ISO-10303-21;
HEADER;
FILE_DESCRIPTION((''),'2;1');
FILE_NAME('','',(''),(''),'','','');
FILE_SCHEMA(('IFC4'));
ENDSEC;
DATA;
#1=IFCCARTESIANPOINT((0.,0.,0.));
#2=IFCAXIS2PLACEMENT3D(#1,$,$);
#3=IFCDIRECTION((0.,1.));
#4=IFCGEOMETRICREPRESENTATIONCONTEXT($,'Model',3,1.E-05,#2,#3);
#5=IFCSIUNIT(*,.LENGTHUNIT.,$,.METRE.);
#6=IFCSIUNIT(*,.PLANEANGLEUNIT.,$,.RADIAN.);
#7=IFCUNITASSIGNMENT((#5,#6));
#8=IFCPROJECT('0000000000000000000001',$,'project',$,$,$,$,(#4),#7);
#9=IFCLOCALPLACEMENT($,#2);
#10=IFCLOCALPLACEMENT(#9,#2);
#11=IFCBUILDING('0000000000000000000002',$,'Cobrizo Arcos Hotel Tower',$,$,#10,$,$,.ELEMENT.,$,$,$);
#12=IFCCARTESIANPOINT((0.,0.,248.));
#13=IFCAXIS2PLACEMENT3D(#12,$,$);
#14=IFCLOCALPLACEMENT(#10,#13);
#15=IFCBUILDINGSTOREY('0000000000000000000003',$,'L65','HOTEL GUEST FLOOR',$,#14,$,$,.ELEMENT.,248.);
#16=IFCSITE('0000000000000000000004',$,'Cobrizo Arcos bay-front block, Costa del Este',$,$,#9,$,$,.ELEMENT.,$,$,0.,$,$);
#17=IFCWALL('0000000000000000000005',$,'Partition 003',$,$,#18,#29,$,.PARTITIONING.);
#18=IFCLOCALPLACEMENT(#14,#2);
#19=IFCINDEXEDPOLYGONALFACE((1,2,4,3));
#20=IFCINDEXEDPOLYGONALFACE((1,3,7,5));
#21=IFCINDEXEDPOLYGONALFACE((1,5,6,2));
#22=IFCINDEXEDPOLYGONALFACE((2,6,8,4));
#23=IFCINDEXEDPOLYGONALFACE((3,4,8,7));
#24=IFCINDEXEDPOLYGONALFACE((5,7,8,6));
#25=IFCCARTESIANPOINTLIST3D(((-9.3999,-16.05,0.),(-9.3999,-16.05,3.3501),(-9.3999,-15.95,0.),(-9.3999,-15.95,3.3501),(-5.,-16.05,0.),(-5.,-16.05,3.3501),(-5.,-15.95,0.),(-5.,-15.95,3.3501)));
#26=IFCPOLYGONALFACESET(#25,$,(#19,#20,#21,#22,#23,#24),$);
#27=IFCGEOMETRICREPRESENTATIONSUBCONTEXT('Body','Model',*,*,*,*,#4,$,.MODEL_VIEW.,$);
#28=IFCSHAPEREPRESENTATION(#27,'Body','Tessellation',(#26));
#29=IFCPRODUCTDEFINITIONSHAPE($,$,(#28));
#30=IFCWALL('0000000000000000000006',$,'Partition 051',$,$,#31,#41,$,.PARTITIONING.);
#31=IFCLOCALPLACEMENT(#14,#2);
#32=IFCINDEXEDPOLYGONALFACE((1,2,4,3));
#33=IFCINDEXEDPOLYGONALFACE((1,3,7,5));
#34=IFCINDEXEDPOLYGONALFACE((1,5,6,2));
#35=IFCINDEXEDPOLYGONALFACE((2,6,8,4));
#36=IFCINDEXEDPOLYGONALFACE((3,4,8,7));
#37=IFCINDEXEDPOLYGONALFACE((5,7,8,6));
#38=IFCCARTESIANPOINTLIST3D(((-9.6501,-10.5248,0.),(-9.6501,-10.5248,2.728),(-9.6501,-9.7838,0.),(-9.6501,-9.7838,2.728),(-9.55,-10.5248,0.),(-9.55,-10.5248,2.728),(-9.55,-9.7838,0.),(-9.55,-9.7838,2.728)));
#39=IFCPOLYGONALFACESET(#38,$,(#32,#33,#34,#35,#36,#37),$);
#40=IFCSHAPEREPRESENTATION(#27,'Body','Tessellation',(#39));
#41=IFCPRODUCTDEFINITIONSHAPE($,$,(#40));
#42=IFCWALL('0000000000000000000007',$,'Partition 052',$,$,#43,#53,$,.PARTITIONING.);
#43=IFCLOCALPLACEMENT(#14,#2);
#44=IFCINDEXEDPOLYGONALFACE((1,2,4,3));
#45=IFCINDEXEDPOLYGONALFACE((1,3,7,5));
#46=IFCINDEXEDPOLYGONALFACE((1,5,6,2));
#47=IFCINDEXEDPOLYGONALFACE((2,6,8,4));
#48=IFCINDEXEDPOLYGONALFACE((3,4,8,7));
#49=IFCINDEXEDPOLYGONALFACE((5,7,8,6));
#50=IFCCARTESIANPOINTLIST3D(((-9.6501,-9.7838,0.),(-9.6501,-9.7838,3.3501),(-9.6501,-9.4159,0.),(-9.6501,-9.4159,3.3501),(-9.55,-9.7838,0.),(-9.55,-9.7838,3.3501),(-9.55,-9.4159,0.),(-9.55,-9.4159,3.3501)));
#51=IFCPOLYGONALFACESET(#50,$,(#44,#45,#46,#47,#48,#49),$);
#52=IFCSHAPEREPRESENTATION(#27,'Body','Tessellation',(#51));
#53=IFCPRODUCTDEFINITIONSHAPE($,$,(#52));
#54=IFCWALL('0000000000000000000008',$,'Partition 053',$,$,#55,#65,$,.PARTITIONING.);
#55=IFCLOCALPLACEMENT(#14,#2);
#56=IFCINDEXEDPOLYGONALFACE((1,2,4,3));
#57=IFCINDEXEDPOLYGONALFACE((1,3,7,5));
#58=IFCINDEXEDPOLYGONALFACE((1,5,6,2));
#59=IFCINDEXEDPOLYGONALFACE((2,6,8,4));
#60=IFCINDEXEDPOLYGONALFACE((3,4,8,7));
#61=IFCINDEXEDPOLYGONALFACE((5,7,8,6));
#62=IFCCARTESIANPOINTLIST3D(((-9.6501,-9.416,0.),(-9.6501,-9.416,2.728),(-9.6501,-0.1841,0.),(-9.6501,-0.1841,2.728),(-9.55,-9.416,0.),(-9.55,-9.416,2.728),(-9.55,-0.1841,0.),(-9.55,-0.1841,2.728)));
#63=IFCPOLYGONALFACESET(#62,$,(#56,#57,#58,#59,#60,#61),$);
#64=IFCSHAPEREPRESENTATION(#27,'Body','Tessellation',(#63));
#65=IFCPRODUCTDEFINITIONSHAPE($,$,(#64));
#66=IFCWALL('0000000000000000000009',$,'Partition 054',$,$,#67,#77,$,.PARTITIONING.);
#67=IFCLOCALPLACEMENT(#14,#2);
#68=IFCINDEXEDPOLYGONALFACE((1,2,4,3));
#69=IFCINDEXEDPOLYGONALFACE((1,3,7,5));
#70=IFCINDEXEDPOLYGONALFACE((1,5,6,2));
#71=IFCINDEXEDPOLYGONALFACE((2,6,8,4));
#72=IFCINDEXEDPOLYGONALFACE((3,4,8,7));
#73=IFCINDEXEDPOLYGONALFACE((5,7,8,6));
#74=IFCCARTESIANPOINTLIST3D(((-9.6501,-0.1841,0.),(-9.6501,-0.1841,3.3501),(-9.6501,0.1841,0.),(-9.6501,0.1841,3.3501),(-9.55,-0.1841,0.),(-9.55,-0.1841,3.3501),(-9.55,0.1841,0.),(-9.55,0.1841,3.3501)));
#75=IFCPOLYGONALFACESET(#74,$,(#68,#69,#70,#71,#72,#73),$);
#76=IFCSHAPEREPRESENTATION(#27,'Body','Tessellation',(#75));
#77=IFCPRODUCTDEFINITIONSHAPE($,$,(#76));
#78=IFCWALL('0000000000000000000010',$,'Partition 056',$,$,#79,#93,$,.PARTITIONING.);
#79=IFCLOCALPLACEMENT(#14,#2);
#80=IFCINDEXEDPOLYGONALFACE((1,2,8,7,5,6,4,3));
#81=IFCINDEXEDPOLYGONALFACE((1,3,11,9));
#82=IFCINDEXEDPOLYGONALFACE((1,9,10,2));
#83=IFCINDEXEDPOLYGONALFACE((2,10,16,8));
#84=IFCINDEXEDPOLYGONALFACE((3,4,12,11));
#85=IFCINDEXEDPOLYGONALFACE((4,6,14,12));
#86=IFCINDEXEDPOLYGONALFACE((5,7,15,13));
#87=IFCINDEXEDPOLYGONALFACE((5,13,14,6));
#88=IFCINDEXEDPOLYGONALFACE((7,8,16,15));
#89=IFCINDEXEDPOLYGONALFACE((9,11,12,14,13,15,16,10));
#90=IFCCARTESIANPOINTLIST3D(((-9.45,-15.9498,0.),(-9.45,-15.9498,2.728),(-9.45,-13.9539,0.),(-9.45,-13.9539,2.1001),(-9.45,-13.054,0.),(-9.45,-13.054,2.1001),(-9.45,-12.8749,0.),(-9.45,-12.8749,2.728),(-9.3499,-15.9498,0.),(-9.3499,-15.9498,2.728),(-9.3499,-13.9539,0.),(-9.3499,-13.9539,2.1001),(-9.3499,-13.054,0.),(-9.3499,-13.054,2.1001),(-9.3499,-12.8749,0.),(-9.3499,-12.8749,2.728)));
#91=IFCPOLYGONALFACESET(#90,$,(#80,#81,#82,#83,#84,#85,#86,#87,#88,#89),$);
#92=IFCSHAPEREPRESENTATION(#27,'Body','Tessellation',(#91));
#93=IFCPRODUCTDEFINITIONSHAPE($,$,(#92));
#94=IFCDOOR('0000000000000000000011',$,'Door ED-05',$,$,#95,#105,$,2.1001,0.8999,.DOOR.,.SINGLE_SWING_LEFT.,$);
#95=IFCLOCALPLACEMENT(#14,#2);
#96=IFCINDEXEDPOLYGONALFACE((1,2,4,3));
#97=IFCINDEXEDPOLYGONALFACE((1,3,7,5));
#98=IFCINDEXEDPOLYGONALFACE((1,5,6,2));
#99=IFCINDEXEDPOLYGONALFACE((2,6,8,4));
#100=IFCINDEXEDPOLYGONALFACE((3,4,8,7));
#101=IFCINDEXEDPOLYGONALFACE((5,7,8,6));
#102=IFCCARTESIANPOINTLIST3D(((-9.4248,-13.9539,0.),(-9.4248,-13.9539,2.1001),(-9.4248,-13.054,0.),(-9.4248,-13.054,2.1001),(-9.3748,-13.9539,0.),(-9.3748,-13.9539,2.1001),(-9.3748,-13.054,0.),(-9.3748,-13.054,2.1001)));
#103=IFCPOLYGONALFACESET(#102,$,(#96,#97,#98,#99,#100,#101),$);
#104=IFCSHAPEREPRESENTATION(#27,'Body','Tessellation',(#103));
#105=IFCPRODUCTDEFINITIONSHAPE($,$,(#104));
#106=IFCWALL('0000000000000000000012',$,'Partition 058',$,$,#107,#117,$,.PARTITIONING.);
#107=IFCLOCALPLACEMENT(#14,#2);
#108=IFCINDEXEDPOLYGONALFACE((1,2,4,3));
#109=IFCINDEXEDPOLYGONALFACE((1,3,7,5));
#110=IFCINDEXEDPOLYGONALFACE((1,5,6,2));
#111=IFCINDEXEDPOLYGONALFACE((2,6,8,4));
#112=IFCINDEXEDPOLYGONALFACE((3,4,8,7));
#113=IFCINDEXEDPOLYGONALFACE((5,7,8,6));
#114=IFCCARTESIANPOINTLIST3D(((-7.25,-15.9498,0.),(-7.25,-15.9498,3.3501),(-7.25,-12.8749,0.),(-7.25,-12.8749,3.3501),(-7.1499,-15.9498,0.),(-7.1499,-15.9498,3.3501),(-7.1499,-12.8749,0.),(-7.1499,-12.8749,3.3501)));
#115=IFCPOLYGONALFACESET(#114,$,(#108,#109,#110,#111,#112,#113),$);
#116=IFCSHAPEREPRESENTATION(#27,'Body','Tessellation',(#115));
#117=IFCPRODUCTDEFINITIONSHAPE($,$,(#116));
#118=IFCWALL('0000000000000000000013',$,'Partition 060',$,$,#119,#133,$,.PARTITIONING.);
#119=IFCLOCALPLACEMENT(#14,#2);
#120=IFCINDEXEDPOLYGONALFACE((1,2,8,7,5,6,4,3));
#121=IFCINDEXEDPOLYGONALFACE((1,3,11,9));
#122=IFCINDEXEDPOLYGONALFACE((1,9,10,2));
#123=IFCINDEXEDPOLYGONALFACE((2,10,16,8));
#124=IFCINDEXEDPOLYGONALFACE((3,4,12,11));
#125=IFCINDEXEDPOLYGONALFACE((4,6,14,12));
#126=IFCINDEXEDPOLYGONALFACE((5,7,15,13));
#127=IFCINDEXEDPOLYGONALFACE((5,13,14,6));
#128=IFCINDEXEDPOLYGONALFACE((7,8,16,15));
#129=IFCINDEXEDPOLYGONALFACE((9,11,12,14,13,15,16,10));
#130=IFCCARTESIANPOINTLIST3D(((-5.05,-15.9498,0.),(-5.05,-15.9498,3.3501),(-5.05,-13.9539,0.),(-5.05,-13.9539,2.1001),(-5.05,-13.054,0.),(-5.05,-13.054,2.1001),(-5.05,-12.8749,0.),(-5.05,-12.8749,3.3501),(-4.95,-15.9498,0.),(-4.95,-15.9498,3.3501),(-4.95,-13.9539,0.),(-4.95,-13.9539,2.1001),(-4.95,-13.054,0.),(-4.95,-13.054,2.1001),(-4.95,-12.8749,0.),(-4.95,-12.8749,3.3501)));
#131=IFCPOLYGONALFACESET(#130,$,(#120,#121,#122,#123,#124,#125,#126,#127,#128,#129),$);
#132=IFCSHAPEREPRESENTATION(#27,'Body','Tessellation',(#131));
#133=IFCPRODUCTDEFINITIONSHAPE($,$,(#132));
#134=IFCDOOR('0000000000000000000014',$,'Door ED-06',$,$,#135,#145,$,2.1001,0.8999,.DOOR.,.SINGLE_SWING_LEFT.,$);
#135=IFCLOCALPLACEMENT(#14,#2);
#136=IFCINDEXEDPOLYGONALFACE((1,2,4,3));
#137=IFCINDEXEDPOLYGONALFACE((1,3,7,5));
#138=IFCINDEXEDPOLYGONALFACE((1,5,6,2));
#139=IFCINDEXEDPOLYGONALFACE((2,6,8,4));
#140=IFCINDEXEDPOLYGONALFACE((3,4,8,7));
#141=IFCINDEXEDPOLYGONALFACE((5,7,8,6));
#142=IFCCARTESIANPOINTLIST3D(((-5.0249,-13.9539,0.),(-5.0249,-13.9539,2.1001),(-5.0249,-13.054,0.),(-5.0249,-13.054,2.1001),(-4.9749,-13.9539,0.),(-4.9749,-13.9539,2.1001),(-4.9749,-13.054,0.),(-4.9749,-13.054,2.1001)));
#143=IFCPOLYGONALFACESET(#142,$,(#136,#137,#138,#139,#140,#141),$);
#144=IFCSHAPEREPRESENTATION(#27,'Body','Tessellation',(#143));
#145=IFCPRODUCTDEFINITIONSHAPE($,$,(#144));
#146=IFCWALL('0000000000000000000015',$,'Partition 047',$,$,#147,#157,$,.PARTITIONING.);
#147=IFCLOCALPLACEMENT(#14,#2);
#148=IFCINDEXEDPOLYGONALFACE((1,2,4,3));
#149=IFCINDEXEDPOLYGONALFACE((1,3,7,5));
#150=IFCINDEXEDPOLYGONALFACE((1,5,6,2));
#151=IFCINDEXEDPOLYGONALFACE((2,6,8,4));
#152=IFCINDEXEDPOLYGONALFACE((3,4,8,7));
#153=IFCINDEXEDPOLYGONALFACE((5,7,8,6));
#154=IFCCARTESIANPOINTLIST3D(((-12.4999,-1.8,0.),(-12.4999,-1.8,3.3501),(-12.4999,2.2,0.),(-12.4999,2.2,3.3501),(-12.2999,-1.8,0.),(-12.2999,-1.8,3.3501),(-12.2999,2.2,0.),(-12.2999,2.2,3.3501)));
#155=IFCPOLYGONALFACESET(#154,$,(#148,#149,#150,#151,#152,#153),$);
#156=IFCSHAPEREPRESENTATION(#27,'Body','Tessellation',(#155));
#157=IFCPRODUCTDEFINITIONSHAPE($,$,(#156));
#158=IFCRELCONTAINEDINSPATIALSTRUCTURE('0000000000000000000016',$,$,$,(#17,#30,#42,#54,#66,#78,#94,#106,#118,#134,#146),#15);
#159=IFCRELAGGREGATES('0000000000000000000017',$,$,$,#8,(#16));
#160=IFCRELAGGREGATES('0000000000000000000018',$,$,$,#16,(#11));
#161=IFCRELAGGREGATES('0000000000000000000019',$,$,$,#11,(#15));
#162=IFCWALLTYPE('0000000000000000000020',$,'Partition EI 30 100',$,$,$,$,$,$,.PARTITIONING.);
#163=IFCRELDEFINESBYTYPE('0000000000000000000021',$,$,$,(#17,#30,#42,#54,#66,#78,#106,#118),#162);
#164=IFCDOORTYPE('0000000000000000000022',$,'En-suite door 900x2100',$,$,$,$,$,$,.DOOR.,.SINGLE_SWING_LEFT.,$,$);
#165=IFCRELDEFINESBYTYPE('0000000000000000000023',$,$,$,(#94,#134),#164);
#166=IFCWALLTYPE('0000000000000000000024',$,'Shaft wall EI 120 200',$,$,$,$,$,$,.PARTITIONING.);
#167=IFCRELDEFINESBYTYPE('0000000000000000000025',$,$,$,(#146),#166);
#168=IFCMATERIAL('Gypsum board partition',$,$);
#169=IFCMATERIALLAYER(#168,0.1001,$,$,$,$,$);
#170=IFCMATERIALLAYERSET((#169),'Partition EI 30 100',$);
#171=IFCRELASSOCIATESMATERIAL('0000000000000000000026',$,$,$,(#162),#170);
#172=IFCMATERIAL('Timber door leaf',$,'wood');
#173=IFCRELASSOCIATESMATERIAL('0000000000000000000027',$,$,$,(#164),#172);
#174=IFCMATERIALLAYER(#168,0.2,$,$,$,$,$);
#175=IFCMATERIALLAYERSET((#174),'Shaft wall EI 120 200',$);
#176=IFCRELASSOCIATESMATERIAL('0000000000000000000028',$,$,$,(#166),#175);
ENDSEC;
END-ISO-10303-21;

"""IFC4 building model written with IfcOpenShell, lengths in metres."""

from ifc_helpers import new_model, si_unit, direction, frame, frame_2d, origin, place, context, subcontext, project, spatial, rectangle, extrude, material, layer, layer_set, type_object, element, fill, save


model = new_model("IFC4")

# Units and contexts
model_context = context("Model", 3, precision=1e-05, world=origin(), true_north=direction((0.0, 1.0)))
body_context = subcontext(model_context, "Body", "Model", "MODEL_VIEW")
ifc_project = project(units=[si_unit("LENGTHUNIT", "METRE"), si_unit("PLANEANGLEUNIT", "RADIAN")], contexts=[model_context])

# Site, building, storey
site_placement = place(None, origin())
site = spatial("IfcSite", under=ifc_project, at=site_placement, Name="Cobrizo Arcos bay-front block, Costa del Este", CompositionType="ELEMENT", RefElevation=0.0)
building_placement = place(site_placement, origin())
building = spatial("IfcBuilding", under=site, at=building_placement, Name="Cobrizo Arcos Hotel Tower", CompositionType="ELEMENT")
storey_placement = place(building_placement, frame((0.0, 0.0, 248.0)))
storey = spatial("IfcBuildingStorey", under=building, at=storey_placement, Name="L65", Description="HOTEL GUEST FLOOR", CompositionType="ELEMENT", Elevation=248.0)

# Shared definitions
ifc_material_1 = material(Name="Gypsum board partition")
ifc_material_2 = material(Name="Timber door leaf", Category="wood")
ifc_layer_1 = layer(ifc_material_1, 0.1001)
ifc_layer_set_1 = layer_set([ifc_layer_1], Name="Partition EI 30 100")
wall_type_1 = type_object("IfcWallType", Name="Partition EI 30 100", PredefinedType="PARTITIONING", material=ifc_layer_set_1)
door_type_1 = type_object("IfcDoorType", Name="En-suite door 900x2100", OperationType="SINGLE_SWING_LEFT", PredefinedType="DOOR", material=ifc_material_2)

# Walls
wall_1_placement = place(storey_placement, frame((-9.3999, -16.0, 0.0), z_axis=(0.0, 0.0, 1.0), x_axis=(1.0, 0.0, 0.0)))
element("IfcWall", 1, at=wall_1_placement, inside=storey, type_object=wall_type_1, Name="Partition 003", PredefinedType="PARTITIONING", context=body_context, shape_type="SweptSolid", body=[
    extrude(rectangle(XDim=4.3999, YDim=0.1001, at=frame_2d((2.2, 0.0))), origin(), (0.0, 0.0, 1.0), 3.3501),
])
wall_2_placement = place(storey_placement, frame((-9.6001, -10.5249, 0.0), z_axis=(0.0, 0.0, 1.0), x_axis=(0.0, 1.0, 0.0)))
element("IfcWall", 2, at=wall_2_placement, inside=storey, type_object=wall_type_1, Name="Partition 051", PredefinedType="PARTITIONING", context=body_context, shape_type="SweptSolid", body=[
    extrude(rectangle(XDim=0.741, YDim=0.1001, at=frame_2d((0.3706, 0.0))), origin(), (0.0, 0.0, 1.0), 2.728),
])
wall_3_placement = place(storey_placement, frame((-9.6001, -9.7839, 0.0), z_axis=(0.0, 0.0, 1.0), x_axis=(0.0, 1.0, 0.0)))
element("IfcWall", 3, at=wall_3_placement, inside=storey, type_object=wall_type_1, Name="Partition 052", PredefinedType="PARTITIONING", context=body_context, shape_type="SweptSolid", body=[
    extrude(rectangle(XDim=0.3679, YDim=0.1001, at=frame_2d((0.1841, 0.0))), origin(), (0.0, 0.0, 1.0), 3.3501),
])
wall_4_placement = place(storey_placement, frame((-9.6001, -9.416, 0.0), z_axis=(0.0, 0.0, 1.0), x_axis=(0.0, 1.0, 0.0)))
element("IfcWall", 4, at=wall_4_placement, inside=storey, type_object=wall_type_1, Name="Partition 053", PredefinedType="PARTITIONING", context=body_context, shape_type="SweptSolid", body=[
    extrude(rectangle(XDim=9.2319, YDim=0.1001, at=frame_2d((4.616, 0.0))), origin(), (0.0, 0.0, 1.0), 2.728),
])
wall_5_placement = place(storey_placement, frame((-9.6001, -0.1841, 0.0), z_axis=(0.0, 0.0, 1.0), x_axis=(0.0, 1.0, 0.0)))
element("IfcWall", 5, at=wall_5_placement, inside=storey, type_object=wall_type_1, Name="Partition 054", PredefinedType="PARTITIONING", context=body_context, shape_type="SweptSolid", body=[
    extrude(rectangle(XDim=0.3682, YDim=0.1001, at=frame_2d((0.1841, 0.0))), origin(), (0.0, 0.0, 1.0), 3.3501),
])

# Wall, opening, door
wall_6_placement = place(storey_placement, frame((-9.3999, -15.95, 0.0), z_axis=(0.0, 0.0, 1.0), x_axis=(0.0, 1.0, 0.0)))
wall_6 = element("IfcWall", 6, at=wall_6_placement, inside=storey, type_object=wall_type_1, Name="Partition 056", PredefinedType="PARTITIONING", context=body_context, shape_type="SweptSolid", body=[
    extrude(rectangle(XDim=3.075, YDim=0.1001, at=frame_2d((1.5376, 0.0))), origin(), (0.0, 0.0, 1.0), 2.728),
])
opening_1_placement = place(wall_6_placement, frame((1.9961, 0.0, 0.0)))
opening_1 = element("IfcOpeningElement", 7, at=opening_1_placement, cuts=wall_6, PredefinedType="OPENING", context=body_context, shape_type="SweptSolid", body=[
    extrude(rectangle(XDim=0.8999, YDim=2.1001, at=frame_2d((0.45, 1.05))), frame((0.0, 0.062, 0.0), z_axis=(0.0, -1.0, 0.0), x_axis=(1.0, 0.0, 0.0)), (0.0, 0.0, 1.0), 0.124),
])
door_1_placement = place(opening_1_placement, origin())
door_1 = element("IfcDoor", 8, at=door_1_placement, inside=storey, type_object=door_type_1, Name="Door ED-05", OperationType="SINGLE_SWING_LEFT", OverallHeight=2.1001, OverallWidth=0.8999, PredefinedType="DOOR", context=body_context, shape_type="SweptSolid", body=[
    extrude(rectangle(XDim=0.8999, YDim=2.1001, at=frame_2d((0.45, 1.05))), frame((0.0, 0.0249, 0.0), z_axis=(0.0, -1.0, 0.0), x_axis=(1.0, 0.0, 0.0)), (0.0, 0.0, 1.0), 0.05),
])
fill(opening_1, door_1)

# Wall
wall_7_placement = place(storey_placement, frame((-7.2, -15.95, 0.0), z_axis=(0.0, 0.0, 1.0), x_axis=(0.0, 1.0, 0.0)))
element("IfcWall", 9, at=wall_7_placement, inside=storey, type_object=wall_type_1, Name="Partition 058", PredefinedType="PARTITIONING", context=body_context, shape_type="SweptSolid", body=[
    extrude(rectangle(XDim=3.075, YDim=0.1001, at=frame_2d((1.5376, 0.0))), origin(), (0.0, 0.0, 1.0), 3.3501),
])

# Wall, opening, door
wall_8_placement = place(storey_placement, frame((-5.0, -15.95, 0.0), z_axis=(0.0, 0.0, 1.0), x_axis=(0.0, 1.0, 0.0)))
wall_8 = element("IfcWall", 10, at=wall_8_placement, inside=storey, type_object=wall_type_1, Name="Partition 060", PredefinedType="PARTITIONING", context=body_context, shape_type="SweptSolid", body=[
    extrude(rectangle(XDim=3.075, YDim=0.1001, at=frame_2d((1.5376, 0.0))), origin(), (0.0, 0.0, 1.0), 3.3501),
])
opening_2_placement = place(wall_8_placement, frame((1.9961, 0.0, 0.0)))
opening_2 = element("IfcOpeningElement", 11, at=opening_2_placement, cuts=wall_8, PredefinedType="OPENING", context=body_context, shape_type="SweptSolid", body=[
    extrude(rectangle(XDim=0.8999, YDim=2.1001, at=frame_2d((0.45, 1.05))), frame((0.0, 0.062, 0.0), z_axis=(0.0, -1.0, 0.0), x_axis=(1.0, 0.0, 0.0)), (0.0, 0.0, 1.0), 0.124),
])
door_2_placement = place(opening_2_placement, origin())
door_2 = element("IfcDoor", 12, at=door_2_placement, inside=storey, type_object=door_type_1, Name="Door ED-06", OperationType="SINGLE_SWING_LEFT", OverallHeight=2.1001, OverallWidth=0.8999, PredefinedType="DOOR", context=body_context, shape_type="SweptSolid", body=[
    extrude(rectangle(XDim=0.8999, YDim=2.1001, at=frame_2d((0.45, 1.05))), frame((0.0, 0.0249, 0.0), z_axis=(0.0, -1.0, 0.0), x_axis=(1.0, 0.0, 0.0)), (0.0, 0.0, 1.0), 0.05),
])
fill(opening_2, door_2)

# Wall
ifc_layer_2 = layer(ifc_material_1, 0.2)
ifc_layer_set_2 = layer_set([ifc_layer_2], Name="Shaft wall EI 120 200")
wall_type_2 = type_object("IfcWallType", Name="Shaft wall EI 120 200", PredefinedType="PARTITIONING", material=ifc_layer_set_2)
wall_9_placement = place(storey_placement, frame((-12.3999, -1.8, 0.0), z_axis=(0.0, 0.0, 1.0), x_axis=(0.0, 1.0, 0.0)))
element("IfcWall", 13, at=wall_9_placement, inside=storey, type_object=wall_type_2, Name="Partition 047", PredefinedType="PARTITIONING", context=body_context, shape_type="SweptSolid", body=[
    extrude(rectangle(XDim=4.0, YDim=0.2, at=frame_2d((2.0, 0.0))), origin(), (0.0, 0.0, 1.0), 3.3501),
])

save(model, "model.ifc")
